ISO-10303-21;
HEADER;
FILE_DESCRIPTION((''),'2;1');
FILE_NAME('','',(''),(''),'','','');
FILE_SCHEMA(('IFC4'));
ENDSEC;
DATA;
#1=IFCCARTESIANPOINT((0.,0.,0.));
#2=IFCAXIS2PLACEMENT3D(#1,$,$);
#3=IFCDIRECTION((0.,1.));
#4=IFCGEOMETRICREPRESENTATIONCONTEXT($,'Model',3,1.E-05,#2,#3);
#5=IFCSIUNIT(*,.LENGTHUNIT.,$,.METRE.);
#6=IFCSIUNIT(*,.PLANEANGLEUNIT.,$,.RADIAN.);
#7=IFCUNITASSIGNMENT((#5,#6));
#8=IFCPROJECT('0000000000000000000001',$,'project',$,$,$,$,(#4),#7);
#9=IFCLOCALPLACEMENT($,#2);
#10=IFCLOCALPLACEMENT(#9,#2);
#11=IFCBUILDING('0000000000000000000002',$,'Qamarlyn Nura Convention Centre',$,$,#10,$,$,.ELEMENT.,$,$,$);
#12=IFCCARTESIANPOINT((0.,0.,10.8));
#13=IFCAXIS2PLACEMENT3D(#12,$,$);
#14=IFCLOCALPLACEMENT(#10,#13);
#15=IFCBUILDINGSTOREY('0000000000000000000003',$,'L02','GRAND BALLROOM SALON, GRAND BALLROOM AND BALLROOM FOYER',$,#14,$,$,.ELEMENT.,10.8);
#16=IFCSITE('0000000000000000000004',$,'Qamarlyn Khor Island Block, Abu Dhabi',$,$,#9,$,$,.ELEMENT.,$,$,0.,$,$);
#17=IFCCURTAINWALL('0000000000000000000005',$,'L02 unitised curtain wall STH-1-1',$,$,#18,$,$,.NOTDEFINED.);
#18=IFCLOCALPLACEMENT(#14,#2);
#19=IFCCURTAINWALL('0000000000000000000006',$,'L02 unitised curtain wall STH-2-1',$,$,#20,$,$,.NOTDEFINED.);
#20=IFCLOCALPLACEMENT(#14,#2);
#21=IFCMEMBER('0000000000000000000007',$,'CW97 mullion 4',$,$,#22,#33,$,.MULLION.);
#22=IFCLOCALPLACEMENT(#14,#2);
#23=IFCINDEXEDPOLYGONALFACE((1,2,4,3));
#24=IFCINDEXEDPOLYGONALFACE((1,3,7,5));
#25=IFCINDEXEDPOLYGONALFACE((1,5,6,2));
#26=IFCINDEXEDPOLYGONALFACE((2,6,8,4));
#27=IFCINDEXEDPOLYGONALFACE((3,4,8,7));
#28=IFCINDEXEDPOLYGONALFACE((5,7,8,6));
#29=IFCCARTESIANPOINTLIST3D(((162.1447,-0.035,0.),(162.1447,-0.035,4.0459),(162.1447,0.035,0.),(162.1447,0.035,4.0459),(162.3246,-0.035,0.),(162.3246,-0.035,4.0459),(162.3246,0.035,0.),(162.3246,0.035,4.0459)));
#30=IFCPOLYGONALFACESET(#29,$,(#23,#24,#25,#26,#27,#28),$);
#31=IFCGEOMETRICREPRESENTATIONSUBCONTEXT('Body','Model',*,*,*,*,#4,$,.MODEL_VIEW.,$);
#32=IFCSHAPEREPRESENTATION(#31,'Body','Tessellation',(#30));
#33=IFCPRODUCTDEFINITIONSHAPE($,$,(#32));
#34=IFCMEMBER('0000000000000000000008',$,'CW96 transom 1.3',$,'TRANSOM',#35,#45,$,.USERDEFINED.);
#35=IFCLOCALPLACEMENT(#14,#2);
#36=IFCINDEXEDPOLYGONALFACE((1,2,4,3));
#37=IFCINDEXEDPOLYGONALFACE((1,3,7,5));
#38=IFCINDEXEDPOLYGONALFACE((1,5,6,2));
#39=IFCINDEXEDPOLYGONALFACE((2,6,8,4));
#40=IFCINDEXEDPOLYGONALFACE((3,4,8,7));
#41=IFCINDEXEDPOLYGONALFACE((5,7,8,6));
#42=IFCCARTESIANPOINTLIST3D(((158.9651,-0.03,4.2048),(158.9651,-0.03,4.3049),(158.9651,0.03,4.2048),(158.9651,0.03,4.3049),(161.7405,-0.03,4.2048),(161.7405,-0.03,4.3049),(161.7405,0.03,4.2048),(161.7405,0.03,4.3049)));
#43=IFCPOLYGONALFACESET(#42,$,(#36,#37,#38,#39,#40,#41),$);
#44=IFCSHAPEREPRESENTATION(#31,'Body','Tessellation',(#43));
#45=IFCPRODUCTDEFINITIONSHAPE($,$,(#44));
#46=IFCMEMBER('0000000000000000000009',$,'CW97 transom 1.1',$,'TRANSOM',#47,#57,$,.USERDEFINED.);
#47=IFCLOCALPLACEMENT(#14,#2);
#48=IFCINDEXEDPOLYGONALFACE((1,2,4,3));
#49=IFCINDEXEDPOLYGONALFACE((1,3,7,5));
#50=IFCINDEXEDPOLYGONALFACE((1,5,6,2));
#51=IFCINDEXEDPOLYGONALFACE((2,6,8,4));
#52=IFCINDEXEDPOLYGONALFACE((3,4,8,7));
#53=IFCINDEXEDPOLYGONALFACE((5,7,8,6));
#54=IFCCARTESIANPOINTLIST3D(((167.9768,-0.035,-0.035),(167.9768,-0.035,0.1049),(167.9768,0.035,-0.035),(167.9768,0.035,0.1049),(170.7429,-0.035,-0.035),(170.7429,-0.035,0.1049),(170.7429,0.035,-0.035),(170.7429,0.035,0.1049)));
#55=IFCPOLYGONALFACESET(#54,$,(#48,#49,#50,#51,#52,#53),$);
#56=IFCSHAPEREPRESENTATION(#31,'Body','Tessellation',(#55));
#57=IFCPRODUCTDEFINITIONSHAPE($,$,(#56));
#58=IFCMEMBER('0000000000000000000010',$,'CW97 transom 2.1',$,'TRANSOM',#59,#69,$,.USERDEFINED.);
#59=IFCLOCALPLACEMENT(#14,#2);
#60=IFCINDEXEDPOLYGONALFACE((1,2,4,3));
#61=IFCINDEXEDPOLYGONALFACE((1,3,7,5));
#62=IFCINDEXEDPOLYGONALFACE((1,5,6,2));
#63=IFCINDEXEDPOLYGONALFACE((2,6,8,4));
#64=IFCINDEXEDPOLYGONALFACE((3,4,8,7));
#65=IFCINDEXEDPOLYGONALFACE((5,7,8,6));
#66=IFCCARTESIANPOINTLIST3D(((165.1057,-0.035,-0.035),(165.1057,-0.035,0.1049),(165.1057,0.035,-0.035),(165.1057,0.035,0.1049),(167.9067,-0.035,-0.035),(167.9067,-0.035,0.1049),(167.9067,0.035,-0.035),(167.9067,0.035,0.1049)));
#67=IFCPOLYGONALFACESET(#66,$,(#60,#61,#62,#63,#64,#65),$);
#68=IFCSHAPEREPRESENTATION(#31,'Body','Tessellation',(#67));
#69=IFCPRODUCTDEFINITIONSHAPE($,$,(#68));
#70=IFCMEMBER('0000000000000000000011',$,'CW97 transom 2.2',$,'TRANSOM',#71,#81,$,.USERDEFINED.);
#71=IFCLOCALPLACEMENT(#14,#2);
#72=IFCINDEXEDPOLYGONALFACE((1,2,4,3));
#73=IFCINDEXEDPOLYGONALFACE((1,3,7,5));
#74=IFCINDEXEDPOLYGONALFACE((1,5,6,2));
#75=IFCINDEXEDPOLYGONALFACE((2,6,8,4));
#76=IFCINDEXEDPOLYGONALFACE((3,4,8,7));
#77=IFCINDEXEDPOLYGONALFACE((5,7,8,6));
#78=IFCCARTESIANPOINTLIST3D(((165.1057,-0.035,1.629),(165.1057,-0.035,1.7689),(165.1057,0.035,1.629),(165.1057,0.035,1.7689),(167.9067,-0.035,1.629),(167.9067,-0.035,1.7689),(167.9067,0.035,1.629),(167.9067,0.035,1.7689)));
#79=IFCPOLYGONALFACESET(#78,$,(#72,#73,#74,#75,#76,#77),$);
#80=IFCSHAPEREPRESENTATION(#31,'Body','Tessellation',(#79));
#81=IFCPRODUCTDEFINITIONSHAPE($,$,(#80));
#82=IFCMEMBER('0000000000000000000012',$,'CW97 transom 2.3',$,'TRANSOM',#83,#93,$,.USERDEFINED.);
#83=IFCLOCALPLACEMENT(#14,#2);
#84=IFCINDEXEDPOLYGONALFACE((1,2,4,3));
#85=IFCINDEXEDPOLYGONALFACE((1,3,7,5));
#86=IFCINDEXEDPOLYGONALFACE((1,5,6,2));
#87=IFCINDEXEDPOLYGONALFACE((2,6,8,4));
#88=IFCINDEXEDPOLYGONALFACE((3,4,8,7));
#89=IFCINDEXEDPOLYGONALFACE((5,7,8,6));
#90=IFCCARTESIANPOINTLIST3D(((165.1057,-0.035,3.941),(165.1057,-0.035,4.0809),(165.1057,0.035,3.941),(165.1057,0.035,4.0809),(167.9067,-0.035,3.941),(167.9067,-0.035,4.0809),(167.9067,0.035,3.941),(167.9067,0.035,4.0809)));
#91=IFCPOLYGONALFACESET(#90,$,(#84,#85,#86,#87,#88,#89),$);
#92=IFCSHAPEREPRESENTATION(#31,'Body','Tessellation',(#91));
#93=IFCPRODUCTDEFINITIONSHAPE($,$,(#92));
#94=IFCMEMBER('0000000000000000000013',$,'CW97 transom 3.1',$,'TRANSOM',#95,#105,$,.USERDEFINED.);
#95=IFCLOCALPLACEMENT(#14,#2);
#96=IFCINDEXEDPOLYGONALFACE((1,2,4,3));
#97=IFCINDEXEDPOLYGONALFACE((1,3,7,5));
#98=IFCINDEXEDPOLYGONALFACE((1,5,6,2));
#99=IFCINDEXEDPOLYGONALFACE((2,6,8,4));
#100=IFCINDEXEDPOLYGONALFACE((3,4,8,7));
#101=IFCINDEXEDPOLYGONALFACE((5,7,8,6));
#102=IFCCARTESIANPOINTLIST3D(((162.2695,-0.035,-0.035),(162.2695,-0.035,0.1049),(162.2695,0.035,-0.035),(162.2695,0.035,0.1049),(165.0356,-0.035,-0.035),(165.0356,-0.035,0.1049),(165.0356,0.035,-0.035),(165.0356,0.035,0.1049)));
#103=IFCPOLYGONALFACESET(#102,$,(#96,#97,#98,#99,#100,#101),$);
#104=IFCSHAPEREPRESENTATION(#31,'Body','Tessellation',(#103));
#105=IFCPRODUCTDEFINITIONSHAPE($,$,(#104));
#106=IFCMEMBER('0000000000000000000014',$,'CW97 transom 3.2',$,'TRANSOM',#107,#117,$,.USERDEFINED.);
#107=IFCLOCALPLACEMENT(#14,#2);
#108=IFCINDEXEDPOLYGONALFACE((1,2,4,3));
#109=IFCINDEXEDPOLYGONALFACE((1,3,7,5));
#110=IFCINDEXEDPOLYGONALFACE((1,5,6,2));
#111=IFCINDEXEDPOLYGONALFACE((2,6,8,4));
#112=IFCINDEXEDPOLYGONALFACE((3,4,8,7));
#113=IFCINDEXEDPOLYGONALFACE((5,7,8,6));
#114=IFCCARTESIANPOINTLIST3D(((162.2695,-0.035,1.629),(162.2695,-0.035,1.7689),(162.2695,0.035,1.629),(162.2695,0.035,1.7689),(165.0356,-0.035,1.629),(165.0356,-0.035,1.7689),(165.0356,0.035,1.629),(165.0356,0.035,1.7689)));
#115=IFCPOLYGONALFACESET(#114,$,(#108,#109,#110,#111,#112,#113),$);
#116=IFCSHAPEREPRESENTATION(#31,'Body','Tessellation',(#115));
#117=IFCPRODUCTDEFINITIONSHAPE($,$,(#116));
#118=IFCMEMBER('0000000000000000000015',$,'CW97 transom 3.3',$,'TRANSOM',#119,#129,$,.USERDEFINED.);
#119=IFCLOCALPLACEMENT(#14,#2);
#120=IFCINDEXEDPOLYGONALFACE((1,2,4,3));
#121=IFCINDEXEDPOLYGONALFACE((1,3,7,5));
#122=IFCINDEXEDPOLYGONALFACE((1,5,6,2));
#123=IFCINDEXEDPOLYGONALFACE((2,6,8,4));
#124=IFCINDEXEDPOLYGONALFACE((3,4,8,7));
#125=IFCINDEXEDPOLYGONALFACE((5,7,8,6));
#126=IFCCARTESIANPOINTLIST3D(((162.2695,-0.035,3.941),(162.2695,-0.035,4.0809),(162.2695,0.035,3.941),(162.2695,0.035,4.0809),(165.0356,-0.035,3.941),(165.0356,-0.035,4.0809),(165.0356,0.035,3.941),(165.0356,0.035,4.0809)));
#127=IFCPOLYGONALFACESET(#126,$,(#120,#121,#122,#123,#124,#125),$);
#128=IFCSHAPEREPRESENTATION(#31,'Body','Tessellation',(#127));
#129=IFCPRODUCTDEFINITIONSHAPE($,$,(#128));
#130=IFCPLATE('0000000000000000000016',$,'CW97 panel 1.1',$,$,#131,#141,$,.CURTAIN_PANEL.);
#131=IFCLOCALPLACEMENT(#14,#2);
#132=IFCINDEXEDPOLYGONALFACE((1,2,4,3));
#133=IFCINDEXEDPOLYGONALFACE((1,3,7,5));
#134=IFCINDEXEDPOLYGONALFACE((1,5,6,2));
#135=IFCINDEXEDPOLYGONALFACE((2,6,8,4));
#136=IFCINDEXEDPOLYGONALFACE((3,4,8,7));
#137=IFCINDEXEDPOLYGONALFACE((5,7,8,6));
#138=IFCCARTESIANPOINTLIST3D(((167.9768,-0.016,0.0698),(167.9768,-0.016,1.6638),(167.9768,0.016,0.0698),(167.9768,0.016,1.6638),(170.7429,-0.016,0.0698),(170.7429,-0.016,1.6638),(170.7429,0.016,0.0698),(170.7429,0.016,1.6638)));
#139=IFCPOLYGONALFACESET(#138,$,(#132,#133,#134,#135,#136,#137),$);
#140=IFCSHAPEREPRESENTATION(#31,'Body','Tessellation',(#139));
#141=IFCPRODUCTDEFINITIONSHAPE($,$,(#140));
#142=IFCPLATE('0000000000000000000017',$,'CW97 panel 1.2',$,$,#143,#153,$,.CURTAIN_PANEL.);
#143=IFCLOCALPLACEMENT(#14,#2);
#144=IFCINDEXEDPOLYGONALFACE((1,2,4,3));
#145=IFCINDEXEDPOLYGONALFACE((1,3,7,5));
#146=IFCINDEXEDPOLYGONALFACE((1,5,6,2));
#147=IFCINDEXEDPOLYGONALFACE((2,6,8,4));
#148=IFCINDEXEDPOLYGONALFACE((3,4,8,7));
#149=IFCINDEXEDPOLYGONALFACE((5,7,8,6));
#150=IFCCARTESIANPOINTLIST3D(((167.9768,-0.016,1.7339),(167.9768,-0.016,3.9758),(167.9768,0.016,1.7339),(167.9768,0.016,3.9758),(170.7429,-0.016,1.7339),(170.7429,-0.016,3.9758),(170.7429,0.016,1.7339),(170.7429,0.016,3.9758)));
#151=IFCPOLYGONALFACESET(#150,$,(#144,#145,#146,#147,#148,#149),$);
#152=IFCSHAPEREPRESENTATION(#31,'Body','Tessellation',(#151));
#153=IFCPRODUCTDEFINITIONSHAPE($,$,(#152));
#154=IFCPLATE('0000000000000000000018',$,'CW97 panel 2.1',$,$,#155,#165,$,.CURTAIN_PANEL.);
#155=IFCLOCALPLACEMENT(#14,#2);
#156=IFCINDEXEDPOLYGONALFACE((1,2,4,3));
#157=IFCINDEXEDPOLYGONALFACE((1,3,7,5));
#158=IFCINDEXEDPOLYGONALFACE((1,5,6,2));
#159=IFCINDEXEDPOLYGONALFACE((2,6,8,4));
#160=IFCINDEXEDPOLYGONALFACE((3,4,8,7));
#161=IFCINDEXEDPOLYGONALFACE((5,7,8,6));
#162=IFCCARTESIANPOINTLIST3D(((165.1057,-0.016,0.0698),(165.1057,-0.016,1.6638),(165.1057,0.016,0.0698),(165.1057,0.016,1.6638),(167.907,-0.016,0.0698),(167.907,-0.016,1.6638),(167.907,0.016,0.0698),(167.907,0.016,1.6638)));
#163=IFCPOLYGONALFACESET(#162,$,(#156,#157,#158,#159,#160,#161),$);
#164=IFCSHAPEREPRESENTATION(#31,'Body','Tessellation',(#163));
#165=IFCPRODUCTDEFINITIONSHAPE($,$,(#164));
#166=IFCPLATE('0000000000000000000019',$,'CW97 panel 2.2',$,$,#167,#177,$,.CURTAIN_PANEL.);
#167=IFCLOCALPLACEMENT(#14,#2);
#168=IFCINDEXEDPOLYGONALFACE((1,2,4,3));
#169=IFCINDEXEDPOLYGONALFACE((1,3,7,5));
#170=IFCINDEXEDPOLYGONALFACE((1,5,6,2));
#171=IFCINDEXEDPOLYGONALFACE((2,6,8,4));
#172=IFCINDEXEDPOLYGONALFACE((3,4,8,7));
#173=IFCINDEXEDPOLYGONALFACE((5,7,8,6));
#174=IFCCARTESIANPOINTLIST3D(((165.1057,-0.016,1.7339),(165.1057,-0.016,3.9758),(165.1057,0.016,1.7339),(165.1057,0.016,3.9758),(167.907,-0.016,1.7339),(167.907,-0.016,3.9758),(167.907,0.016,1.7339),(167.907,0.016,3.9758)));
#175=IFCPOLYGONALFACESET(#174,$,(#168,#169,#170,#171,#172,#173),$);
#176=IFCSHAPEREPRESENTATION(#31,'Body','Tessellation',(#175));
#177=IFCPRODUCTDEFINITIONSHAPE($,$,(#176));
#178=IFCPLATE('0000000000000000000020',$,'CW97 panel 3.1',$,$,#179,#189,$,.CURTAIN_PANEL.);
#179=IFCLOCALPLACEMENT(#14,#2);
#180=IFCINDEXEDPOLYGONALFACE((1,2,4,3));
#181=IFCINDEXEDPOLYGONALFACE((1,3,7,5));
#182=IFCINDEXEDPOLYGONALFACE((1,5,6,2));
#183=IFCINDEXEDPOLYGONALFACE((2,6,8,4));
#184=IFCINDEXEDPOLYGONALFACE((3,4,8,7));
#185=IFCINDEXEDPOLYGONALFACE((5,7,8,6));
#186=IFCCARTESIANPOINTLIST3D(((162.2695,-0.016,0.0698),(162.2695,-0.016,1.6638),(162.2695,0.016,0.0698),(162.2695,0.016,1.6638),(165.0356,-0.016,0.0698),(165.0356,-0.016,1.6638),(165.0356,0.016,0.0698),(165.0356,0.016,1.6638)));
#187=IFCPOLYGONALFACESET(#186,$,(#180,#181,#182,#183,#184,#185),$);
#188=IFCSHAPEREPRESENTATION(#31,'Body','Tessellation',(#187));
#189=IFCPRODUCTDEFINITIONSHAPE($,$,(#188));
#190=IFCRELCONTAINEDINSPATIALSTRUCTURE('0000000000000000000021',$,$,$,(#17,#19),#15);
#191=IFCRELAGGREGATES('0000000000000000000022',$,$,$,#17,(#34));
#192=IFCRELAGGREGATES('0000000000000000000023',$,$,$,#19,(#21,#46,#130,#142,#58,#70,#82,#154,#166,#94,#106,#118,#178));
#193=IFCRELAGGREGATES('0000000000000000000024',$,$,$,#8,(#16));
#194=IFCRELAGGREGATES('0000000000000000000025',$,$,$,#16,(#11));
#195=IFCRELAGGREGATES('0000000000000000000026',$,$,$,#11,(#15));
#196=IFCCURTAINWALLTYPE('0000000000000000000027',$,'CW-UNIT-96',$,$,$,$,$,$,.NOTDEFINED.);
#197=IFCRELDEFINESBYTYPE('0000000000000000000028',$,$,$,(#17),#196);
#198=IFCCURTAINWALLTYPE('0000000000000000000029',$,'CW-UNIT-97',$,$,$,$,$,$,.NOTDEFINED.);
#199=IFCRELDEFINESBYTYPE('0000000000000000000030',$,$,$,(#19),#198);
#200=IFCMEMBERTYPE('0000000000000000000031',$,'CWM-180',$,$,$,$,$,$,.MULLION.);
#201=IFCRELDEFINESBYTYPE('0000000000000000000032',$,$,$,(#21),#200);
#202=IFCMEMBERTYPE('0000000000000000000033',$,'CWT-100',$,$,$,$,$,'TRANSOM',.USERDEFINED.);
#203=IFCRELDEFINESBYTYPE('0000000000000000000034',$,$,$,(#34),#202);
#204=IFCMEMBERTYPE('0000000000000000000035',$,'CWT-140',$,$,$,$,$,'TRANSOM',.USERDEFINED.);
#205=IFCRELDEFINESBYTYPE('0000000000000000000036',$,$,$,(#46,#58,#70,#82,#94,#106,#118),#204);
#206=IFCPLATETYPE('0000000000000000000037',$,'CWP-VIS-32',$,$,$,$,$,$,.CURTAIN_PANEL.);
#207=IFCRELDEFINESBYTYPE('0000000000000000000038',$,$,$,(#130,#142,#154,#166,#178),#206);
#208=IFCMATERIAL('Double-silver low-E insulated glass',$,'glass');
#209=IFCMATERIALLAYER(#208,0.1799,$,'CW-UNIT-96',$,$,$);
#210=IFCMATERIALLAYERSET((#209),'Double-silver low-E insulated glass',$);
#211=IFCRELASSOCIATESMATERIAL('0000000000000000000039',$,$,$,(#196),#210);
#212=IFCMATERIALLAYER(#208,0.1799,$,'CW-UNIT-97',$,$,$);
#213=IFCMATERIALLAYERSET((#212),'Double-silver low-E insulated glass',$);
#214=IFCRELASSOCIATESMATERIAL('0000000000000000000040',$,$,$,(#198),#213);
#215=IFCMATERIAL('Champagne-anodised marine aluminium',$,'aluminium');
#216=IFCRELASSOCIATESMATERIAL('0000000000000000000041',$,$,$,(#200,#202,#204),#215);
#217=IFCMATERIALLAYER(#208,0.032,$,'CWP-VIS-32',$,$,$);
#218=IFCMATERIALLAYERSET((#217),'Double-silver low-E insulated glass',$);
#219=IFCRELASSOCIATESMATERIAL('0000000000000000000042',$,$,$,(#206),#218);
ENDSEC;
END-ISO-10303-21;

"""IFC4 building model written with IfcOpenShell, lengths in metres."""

from ifc_helpers import new_model, si_unit, direction, frame, origin, origin_2d, place, context, subcontext, project, spatial, rectangle, extrude, material, layer, layer_set, material_profile, profile_set, type_object, element, aggregate, save


model = new_model("IFC4")

# Units and contexts
model_context = context("Model", 3, precision=1e-05, world=origin(), true_north=direction((0.0, 1.0)))
body_context = subcontext(model_context, "Body", "Model", "MODEL_VIEW")
ifc_project = project(units=[si_unit("LENGTHUNIT", "METRE"), si_unit("PLANEANGLEUNIT", "RADIAN")], contexts=[model_context])

# Site, building, storey
site_placement = place(None, origin())
site = spatial("IfcSite", under=ifc_project, at=site_placement, Name="Qamarlyn Khor Island Block, Abu Dhabi", CompositionType="ELEMENT", RefElevation=0.0)
building_placement = place(site_placement, origin())
building = spatial("IfcBuilding", under=site, at=building_placement, Name="Qamarlyn Nura Convention Centre", CompositionType="ELEMENT")
storey_placement = place(building_placement, frame((0.0, 0.0, 10.8)))
storey = spatial("IfcBuildingStorey", under=building, at=storey_placement, Name="L02", Description="GRAND BALLROOM SALON, GRAND BALLROOM AND BALLROOM FOYER", CompositionType="ELEMENT", Elevation=10.8)

# Curtain wall
ifc_material_1 = material(Name="Double-silver low-E insulated glass", Category="glass")
ifc_layer_1 = layer(ifc_material_1, 0.1799, Name="CW-UNIT-96")
ifc_layer_set_1 = layer_set([ifc_layer_1], Name="Double-silver low-E insulated glass")
curtain_wall_type_1 = type_object("IfcCurtainWallType", Name="CW-UNIT-96", PredefinedType="NOTDEFINED", material=ifc_layer_set_1)
curtain_wall_1_placement = place(storey_placement, origin())
curtain_wall_1 = element("IfcCurtainWall", 1, at=curtain_wall_1_placement, inside=storey, type_object=curtain_wall_type_1, Name="L02 unitised curtain wall STH-1-1", PredefinedType="NOTDEFINED")
ifc_material_2 = material(Name="Champagne-anodised marine aluminium", Category="aluminium")

# Curtain wall, member
ifc_layer_2 = layer(ifc_material_1, 0.1799, Name="CW-UNIT-97")
ifc_layer_set_2 = layer_set([ifc_layer_2], Name="Double-silver low-E insulated glass")
curtain_wall_type_2 = type_object("IfcCurtainWallType", Name="CW-UNIT-97", PredefinedType="NOTDEFINED", material=ifc_layer_set_2)
curtain_wall_2_placement = place(storey_placement, origin())
curtain_wall_2 = element("IfcCurtainWall", 2, at=curtain_wall_2_placement, inside=storey, type_object=curtain_wall_type_2, Name="L02 unitised curtain wall STH-2-1", PredefinedType="NOTDEFINED")
ifc_material_profile_1 = material_profile(ifc_material_2, rectangle(XDim=0.0701, YDim=0.1799, at=origin_2d()), Name="ALU MULLION 70x180")
ifc_profile_set_1 = profile_set([ifc_material_profile_1], Name="Champagne-anodised marine aluminium")
member_type_1 = type_object("IfcMemberType", Name="CWM-180", PredefinedType="MULLION", material=ifc_profile_set_1)
member_1_placement = place(storey_placement, frame((162.2346, 0.0, 0.0), z_axis=(0.0, 0.0, 1.0), x_axis=(0.0, -1.0, 0.0)))
member_1 = element("IfcMember", 3, at=member_1_placement, type_object=member_type_1, Name="CW97 mullion 4", PredefinedType="MULLION", context=body_context, shape_type="SweptSolid", body=[
    extrude(rectangle(XDim=0.0701, YDim=0.1799, at=origin_2d()), origin(), (0.0, 0.0, 1.0), 4.0459),
])

# Members
ifc_material_profile_2 = material_profile(ifc_material_2, rectangle(XDim=0.0601, YDim=0.1001, at=origin_2d()), Name="ALU TRANSOM 60x100")
ifc_profile_set_2 = profile_set([ifc_material_profile_2], Name="Champagne-anodised marine aluminium")
member_type_2 = type_object("IfcMemberType", Name="CWT-100", ElementType="TRANSOM", PredefinedType="USERDEFINED", material=ifc_profile_set_2)
member_2_placement = place(storey_placement, frame((161.7405, 0.0, 4.2549), z_axis=(-1.0, 0.0, 0.0), x_axis=(0.0, -1.0, 0.0)))
member_2 = element("IfcMember", 4, at=member_2_placement, type_object=member_type_2, Name="CW96 transom 1.3", ObjectType="TRANSOM", PredefinedType="USERDEFINED", context=body_context, shape_type="SweptSolid", body=[
    extrude(rectangle(XDim=0.0601, YDim=0.1001, at=origin_2d()), origin(), (0.0, 0.0, 1.0), 2.7754),
])
aggregate(curtain_wall_1, [member_2])
ifc_material_profile_3 = material_profile(ifc_material_2, rectangle(XDim=0.0701, YDim=0.1399, at=origin_2d()), Name="ALU TRANSOM 70x140")
ifc_profile_set_3 = profile_set([ifc_material_profile_3], Name="Champagne-anodised marine aluminium")
member_type_3 = type_object("IfcMemberType", Name="CWT-140", ElementType="TRANSOM", PredefinedType="USERDEFINED", material=ifc_profile_set_3)
member_3_placement = place(storey_placement, frame((170.7429, 0.0, 0.0349), z_axis=(-1.0, 0.0, 0.0), x_axis=(0.0, -1.0, 0.0)))
member_3 = element("IfcMember", 5, at=member_3_placement, type_object=member_type_3, Name="CW97 transom 1.1", ObjectType="TRANSOM", PredefinedType="USERDEFINED", context=body_context, shape_type="SweptSolid", body=[
    extrude(rectangle(XDim=0.0701, YDim=0.1399, at=origin_2d()), origin(), (0.0, 0.0, 1.0), 2.7661),
])
member_4_placement = place(storey_placement, frame((167.9067, 0.0, 0.0349), z_axis=(-1.0, 0.0, 0.0), x_axis=(0.0, -1.0, 0.0)))
member_4 = element("IfcMember", 6, at=member_4_placement, type_object=member_type_3, Name="CW97 transom 2.1", ObjectType="TRANSOM", PredefinedType="USERDEFINED", context=body_context, shape_type="SweptSolid", body=[
    extrude(rectangle(XDim=0.0701, YDim=0.1399, at=origin_2d()), origin(), (0.0, 0.0, 1.0), 2.801),
])
member_5_placement = place(storey_placement, frame((167.9067, 0.0, 1.699), z_axis=(-1.0, 0.0, 0.0), x_axis=(0.0, -1.0, 0.0)))
member_5 = element("IfcMember", 7, at=member_5_placement, type_object=member_type_3, Name="CW97 transom 2.2", ObjectType="TRANSOM", PredefinedType="USERDEFINED", context=body_context, shape_type="SweptSolid", body=[
    extrude(rectangle(XDim=0.0701, YDim=0.1399, at=origin_2d()), origin(), (0.0, 0.0, 1.0), 2.801),
])
member_6_placement = place(storey_placement, frame((167.9067, 0.0, 4.011), z_axis=(-1.0, 0.0, 0.0), x_axis=(0.0, -1.0, 0.0)))
member_6 = element("IfcMember", 8, at=member_6_placement, type_object=member_type_3, Name="CW97 transom 2.3", ObjectType="TRANSOM", PredefinedType="USERDEFINED", context=body_context, shape_type="SweptSolid", body=[
    extrude(rectangle(XDim=0.0701, YDim=0.1399, at=origin_2d()), origin(), (0.0, 0.0, 1.0), 2.801),
])
member_7_placement = place(storey_placement, frame((165.0356, 0.0, 0.0349), z_axis=(-1.0, 0.0, 0.0), x_axis=(0.0, -1.0, 0.0)))
member_7 = element("IfcMember", 9, at=member_7_placement, type_object=member_type_3, Name="CW97 transom 3.1", ObjectType="TRANSOM", PredefinedType="USERDEFINED", context=body_context, shape_type="SweptSolid", body=[
    extrude(rectangle(XDim=0.0701, YDim=0.1399, at=origin_2d()), origin(), (0.0, 0.0, 1.0), 2.7661),
])
member_8_placement = place(storey_placement, frame((165.0356, 0.0, 1.699), z_axis=(-1.0, 0.0, 0.0), x_axis=(0.0, -1.0, 0.0)))
member_8 = element("IfcMember", 10, at=member_8_placement, type_object=member_type_3, Name="CW97 transom 3.2", ObjectType="TRANSOM", PredefinedType="USERDEFINED", context=body_context, shape_type="SweptSolid", body=[
    extrude(rectangle(XDim=0.0701, YDim=0.1399, at=origin_2d()), origin(), (0.0, 0.0, 1.0), 2.7661),
])
member_9_placement = place(storey_placement, frame((165.0356, 0.0, 4.011), z_axis=(-1.0, 0.0, 0.0), x_axis=(0.0, -1.0, 0.0)))
member_9 = element("IfcMember", 11, at=member_9_placement, type_object=member_type_3, Name="CW97 transom 3.3", ObjectType="TRANSOM", PredefinedType="USERDEFINED", context=body_context, shape_type="SweptSolid", body=[
    extrude(rectangle(XDim=0.0701, YDim=0.1399, at=origin_2d()), origin(), (0.0, 0.0, 1.0), 2.7661),
])

# Plates
ifc_layer_3 = layer(ifc_material_1, 0.032, Name="CWP-VIS-32")
ifc_layer_set_3 = layer_set([ifc_layer_3], Name="Double-silver low-E insulated glass")
plate_type = type_object("IfcPlateType", Name="CWP-VIS-32", PredefinedType="CURTAIN_PANEL", material=ifc_layer_set_3)
plate_1_placement = place(storey_placement, frame((169.3599, 0.0, 0.0698), z_axis=(0.0, 0.0, 1.0), x_axis=(-1.0, 0.0, 0.0)))
plate_1 = element("IfcPlate", 12, at=plate_1_placement, type_object=plate_type, Name="CW97 panel 1.1", PredefinedType="CURTAIN_PANEL", context=body_context, shape_type="SweptSolid", body=[
    extrude(rectangle(XDim=2.7661, YDim=0.032, at=origin_2d()), origin(), (0.0, 0.0, 1.0), 1.594),
])
plate_2_placement = place(storey_placement, frame((169.3599, 0.0, 1.7339), z_axis=(0.0, 0.0, 1.0), x_axis=(-1.0, 0.0, 0.0)))
plate_2 = element("IfcPlate", 13, at=plate_2_placement, type_object=plate_type, Name="CW97 panel 1.2", PredefinedType="CURTAIN_PANEL", context=body_context, shape_type="SweptSolid", body=[
    extrude(rectangle(XDim=2.7661, YDim=0.032, at=origin_2d()), origin(), (0.0, 0.0, 1.0), 2.2419),
])
plate_3_placement = place(storey_placement, frame((166.5063, 0.0, 0.0698), z_axis=(0.0, 0.0, 1.0), x_axis=(-1.0, 0.0, 0.0)))
plate_3 = element("IfcPlate", 14, at=plate_3_placement, type_object=plate_type, Name="CW97 panel 2.1", PredefinedType="CURTAIN_PANEL", context=body_context, shape_type="SweptSolid", body=[
    extrude(rectangle(XDim=2.8013, YDim=0.032, at=origin_2d()), origin(), (0.0, 0.0, 1.0), 1.594),
])
plate_4_placement = place(storey_placement, frame((166.5063, 0.0, 1.7339), z_axis=(0.0, 0.0, 1.0), x_axis=(-1.0, 0.0, 0.0)))
plate_4 = element("IfcPlate", 15, at=plate_4_placement, type_object=plate_type, Name="CW97 panel 2.2", PredefinedType="CURTAIN_PANEL", context=body_context, shape_type="SweptSolid", body=[
    extrude(rectangle(XDim=2.8013, YDim=0.032, at=origin_2d()), origin(), (0.0, 0.0, 1.0), 2.2419),
])
plate_5_placement = place(storey_placement, frame((163.6526, 0.0, 0.0698), z_axis=(0.0, 0.0, 1.0), x_axis=(-1.0, 0.0, 0.0)))
plate_5 = element("IfcPlate", 16, at=plate_5_placement, type_object=plate_type, Name="CW97 panel 3.1", PredefinedType="CURTAIN_PANEL", context=body_context, shape_type="SweptSolid", body=[
    extrude(rectangle(XDim=2.7661, YDim=0.032, at=origin_2d()), origin(), (0.0, 0.0, 1.0), 1.594),
])
aggregate(curtain_wall_2, [member_1, member_3, plate_1, plate_2, member_4, member_5, member_6, plate_3, plate_4, member_7, member_8, member_9, plate_5])

save(model, "model.ifc")
